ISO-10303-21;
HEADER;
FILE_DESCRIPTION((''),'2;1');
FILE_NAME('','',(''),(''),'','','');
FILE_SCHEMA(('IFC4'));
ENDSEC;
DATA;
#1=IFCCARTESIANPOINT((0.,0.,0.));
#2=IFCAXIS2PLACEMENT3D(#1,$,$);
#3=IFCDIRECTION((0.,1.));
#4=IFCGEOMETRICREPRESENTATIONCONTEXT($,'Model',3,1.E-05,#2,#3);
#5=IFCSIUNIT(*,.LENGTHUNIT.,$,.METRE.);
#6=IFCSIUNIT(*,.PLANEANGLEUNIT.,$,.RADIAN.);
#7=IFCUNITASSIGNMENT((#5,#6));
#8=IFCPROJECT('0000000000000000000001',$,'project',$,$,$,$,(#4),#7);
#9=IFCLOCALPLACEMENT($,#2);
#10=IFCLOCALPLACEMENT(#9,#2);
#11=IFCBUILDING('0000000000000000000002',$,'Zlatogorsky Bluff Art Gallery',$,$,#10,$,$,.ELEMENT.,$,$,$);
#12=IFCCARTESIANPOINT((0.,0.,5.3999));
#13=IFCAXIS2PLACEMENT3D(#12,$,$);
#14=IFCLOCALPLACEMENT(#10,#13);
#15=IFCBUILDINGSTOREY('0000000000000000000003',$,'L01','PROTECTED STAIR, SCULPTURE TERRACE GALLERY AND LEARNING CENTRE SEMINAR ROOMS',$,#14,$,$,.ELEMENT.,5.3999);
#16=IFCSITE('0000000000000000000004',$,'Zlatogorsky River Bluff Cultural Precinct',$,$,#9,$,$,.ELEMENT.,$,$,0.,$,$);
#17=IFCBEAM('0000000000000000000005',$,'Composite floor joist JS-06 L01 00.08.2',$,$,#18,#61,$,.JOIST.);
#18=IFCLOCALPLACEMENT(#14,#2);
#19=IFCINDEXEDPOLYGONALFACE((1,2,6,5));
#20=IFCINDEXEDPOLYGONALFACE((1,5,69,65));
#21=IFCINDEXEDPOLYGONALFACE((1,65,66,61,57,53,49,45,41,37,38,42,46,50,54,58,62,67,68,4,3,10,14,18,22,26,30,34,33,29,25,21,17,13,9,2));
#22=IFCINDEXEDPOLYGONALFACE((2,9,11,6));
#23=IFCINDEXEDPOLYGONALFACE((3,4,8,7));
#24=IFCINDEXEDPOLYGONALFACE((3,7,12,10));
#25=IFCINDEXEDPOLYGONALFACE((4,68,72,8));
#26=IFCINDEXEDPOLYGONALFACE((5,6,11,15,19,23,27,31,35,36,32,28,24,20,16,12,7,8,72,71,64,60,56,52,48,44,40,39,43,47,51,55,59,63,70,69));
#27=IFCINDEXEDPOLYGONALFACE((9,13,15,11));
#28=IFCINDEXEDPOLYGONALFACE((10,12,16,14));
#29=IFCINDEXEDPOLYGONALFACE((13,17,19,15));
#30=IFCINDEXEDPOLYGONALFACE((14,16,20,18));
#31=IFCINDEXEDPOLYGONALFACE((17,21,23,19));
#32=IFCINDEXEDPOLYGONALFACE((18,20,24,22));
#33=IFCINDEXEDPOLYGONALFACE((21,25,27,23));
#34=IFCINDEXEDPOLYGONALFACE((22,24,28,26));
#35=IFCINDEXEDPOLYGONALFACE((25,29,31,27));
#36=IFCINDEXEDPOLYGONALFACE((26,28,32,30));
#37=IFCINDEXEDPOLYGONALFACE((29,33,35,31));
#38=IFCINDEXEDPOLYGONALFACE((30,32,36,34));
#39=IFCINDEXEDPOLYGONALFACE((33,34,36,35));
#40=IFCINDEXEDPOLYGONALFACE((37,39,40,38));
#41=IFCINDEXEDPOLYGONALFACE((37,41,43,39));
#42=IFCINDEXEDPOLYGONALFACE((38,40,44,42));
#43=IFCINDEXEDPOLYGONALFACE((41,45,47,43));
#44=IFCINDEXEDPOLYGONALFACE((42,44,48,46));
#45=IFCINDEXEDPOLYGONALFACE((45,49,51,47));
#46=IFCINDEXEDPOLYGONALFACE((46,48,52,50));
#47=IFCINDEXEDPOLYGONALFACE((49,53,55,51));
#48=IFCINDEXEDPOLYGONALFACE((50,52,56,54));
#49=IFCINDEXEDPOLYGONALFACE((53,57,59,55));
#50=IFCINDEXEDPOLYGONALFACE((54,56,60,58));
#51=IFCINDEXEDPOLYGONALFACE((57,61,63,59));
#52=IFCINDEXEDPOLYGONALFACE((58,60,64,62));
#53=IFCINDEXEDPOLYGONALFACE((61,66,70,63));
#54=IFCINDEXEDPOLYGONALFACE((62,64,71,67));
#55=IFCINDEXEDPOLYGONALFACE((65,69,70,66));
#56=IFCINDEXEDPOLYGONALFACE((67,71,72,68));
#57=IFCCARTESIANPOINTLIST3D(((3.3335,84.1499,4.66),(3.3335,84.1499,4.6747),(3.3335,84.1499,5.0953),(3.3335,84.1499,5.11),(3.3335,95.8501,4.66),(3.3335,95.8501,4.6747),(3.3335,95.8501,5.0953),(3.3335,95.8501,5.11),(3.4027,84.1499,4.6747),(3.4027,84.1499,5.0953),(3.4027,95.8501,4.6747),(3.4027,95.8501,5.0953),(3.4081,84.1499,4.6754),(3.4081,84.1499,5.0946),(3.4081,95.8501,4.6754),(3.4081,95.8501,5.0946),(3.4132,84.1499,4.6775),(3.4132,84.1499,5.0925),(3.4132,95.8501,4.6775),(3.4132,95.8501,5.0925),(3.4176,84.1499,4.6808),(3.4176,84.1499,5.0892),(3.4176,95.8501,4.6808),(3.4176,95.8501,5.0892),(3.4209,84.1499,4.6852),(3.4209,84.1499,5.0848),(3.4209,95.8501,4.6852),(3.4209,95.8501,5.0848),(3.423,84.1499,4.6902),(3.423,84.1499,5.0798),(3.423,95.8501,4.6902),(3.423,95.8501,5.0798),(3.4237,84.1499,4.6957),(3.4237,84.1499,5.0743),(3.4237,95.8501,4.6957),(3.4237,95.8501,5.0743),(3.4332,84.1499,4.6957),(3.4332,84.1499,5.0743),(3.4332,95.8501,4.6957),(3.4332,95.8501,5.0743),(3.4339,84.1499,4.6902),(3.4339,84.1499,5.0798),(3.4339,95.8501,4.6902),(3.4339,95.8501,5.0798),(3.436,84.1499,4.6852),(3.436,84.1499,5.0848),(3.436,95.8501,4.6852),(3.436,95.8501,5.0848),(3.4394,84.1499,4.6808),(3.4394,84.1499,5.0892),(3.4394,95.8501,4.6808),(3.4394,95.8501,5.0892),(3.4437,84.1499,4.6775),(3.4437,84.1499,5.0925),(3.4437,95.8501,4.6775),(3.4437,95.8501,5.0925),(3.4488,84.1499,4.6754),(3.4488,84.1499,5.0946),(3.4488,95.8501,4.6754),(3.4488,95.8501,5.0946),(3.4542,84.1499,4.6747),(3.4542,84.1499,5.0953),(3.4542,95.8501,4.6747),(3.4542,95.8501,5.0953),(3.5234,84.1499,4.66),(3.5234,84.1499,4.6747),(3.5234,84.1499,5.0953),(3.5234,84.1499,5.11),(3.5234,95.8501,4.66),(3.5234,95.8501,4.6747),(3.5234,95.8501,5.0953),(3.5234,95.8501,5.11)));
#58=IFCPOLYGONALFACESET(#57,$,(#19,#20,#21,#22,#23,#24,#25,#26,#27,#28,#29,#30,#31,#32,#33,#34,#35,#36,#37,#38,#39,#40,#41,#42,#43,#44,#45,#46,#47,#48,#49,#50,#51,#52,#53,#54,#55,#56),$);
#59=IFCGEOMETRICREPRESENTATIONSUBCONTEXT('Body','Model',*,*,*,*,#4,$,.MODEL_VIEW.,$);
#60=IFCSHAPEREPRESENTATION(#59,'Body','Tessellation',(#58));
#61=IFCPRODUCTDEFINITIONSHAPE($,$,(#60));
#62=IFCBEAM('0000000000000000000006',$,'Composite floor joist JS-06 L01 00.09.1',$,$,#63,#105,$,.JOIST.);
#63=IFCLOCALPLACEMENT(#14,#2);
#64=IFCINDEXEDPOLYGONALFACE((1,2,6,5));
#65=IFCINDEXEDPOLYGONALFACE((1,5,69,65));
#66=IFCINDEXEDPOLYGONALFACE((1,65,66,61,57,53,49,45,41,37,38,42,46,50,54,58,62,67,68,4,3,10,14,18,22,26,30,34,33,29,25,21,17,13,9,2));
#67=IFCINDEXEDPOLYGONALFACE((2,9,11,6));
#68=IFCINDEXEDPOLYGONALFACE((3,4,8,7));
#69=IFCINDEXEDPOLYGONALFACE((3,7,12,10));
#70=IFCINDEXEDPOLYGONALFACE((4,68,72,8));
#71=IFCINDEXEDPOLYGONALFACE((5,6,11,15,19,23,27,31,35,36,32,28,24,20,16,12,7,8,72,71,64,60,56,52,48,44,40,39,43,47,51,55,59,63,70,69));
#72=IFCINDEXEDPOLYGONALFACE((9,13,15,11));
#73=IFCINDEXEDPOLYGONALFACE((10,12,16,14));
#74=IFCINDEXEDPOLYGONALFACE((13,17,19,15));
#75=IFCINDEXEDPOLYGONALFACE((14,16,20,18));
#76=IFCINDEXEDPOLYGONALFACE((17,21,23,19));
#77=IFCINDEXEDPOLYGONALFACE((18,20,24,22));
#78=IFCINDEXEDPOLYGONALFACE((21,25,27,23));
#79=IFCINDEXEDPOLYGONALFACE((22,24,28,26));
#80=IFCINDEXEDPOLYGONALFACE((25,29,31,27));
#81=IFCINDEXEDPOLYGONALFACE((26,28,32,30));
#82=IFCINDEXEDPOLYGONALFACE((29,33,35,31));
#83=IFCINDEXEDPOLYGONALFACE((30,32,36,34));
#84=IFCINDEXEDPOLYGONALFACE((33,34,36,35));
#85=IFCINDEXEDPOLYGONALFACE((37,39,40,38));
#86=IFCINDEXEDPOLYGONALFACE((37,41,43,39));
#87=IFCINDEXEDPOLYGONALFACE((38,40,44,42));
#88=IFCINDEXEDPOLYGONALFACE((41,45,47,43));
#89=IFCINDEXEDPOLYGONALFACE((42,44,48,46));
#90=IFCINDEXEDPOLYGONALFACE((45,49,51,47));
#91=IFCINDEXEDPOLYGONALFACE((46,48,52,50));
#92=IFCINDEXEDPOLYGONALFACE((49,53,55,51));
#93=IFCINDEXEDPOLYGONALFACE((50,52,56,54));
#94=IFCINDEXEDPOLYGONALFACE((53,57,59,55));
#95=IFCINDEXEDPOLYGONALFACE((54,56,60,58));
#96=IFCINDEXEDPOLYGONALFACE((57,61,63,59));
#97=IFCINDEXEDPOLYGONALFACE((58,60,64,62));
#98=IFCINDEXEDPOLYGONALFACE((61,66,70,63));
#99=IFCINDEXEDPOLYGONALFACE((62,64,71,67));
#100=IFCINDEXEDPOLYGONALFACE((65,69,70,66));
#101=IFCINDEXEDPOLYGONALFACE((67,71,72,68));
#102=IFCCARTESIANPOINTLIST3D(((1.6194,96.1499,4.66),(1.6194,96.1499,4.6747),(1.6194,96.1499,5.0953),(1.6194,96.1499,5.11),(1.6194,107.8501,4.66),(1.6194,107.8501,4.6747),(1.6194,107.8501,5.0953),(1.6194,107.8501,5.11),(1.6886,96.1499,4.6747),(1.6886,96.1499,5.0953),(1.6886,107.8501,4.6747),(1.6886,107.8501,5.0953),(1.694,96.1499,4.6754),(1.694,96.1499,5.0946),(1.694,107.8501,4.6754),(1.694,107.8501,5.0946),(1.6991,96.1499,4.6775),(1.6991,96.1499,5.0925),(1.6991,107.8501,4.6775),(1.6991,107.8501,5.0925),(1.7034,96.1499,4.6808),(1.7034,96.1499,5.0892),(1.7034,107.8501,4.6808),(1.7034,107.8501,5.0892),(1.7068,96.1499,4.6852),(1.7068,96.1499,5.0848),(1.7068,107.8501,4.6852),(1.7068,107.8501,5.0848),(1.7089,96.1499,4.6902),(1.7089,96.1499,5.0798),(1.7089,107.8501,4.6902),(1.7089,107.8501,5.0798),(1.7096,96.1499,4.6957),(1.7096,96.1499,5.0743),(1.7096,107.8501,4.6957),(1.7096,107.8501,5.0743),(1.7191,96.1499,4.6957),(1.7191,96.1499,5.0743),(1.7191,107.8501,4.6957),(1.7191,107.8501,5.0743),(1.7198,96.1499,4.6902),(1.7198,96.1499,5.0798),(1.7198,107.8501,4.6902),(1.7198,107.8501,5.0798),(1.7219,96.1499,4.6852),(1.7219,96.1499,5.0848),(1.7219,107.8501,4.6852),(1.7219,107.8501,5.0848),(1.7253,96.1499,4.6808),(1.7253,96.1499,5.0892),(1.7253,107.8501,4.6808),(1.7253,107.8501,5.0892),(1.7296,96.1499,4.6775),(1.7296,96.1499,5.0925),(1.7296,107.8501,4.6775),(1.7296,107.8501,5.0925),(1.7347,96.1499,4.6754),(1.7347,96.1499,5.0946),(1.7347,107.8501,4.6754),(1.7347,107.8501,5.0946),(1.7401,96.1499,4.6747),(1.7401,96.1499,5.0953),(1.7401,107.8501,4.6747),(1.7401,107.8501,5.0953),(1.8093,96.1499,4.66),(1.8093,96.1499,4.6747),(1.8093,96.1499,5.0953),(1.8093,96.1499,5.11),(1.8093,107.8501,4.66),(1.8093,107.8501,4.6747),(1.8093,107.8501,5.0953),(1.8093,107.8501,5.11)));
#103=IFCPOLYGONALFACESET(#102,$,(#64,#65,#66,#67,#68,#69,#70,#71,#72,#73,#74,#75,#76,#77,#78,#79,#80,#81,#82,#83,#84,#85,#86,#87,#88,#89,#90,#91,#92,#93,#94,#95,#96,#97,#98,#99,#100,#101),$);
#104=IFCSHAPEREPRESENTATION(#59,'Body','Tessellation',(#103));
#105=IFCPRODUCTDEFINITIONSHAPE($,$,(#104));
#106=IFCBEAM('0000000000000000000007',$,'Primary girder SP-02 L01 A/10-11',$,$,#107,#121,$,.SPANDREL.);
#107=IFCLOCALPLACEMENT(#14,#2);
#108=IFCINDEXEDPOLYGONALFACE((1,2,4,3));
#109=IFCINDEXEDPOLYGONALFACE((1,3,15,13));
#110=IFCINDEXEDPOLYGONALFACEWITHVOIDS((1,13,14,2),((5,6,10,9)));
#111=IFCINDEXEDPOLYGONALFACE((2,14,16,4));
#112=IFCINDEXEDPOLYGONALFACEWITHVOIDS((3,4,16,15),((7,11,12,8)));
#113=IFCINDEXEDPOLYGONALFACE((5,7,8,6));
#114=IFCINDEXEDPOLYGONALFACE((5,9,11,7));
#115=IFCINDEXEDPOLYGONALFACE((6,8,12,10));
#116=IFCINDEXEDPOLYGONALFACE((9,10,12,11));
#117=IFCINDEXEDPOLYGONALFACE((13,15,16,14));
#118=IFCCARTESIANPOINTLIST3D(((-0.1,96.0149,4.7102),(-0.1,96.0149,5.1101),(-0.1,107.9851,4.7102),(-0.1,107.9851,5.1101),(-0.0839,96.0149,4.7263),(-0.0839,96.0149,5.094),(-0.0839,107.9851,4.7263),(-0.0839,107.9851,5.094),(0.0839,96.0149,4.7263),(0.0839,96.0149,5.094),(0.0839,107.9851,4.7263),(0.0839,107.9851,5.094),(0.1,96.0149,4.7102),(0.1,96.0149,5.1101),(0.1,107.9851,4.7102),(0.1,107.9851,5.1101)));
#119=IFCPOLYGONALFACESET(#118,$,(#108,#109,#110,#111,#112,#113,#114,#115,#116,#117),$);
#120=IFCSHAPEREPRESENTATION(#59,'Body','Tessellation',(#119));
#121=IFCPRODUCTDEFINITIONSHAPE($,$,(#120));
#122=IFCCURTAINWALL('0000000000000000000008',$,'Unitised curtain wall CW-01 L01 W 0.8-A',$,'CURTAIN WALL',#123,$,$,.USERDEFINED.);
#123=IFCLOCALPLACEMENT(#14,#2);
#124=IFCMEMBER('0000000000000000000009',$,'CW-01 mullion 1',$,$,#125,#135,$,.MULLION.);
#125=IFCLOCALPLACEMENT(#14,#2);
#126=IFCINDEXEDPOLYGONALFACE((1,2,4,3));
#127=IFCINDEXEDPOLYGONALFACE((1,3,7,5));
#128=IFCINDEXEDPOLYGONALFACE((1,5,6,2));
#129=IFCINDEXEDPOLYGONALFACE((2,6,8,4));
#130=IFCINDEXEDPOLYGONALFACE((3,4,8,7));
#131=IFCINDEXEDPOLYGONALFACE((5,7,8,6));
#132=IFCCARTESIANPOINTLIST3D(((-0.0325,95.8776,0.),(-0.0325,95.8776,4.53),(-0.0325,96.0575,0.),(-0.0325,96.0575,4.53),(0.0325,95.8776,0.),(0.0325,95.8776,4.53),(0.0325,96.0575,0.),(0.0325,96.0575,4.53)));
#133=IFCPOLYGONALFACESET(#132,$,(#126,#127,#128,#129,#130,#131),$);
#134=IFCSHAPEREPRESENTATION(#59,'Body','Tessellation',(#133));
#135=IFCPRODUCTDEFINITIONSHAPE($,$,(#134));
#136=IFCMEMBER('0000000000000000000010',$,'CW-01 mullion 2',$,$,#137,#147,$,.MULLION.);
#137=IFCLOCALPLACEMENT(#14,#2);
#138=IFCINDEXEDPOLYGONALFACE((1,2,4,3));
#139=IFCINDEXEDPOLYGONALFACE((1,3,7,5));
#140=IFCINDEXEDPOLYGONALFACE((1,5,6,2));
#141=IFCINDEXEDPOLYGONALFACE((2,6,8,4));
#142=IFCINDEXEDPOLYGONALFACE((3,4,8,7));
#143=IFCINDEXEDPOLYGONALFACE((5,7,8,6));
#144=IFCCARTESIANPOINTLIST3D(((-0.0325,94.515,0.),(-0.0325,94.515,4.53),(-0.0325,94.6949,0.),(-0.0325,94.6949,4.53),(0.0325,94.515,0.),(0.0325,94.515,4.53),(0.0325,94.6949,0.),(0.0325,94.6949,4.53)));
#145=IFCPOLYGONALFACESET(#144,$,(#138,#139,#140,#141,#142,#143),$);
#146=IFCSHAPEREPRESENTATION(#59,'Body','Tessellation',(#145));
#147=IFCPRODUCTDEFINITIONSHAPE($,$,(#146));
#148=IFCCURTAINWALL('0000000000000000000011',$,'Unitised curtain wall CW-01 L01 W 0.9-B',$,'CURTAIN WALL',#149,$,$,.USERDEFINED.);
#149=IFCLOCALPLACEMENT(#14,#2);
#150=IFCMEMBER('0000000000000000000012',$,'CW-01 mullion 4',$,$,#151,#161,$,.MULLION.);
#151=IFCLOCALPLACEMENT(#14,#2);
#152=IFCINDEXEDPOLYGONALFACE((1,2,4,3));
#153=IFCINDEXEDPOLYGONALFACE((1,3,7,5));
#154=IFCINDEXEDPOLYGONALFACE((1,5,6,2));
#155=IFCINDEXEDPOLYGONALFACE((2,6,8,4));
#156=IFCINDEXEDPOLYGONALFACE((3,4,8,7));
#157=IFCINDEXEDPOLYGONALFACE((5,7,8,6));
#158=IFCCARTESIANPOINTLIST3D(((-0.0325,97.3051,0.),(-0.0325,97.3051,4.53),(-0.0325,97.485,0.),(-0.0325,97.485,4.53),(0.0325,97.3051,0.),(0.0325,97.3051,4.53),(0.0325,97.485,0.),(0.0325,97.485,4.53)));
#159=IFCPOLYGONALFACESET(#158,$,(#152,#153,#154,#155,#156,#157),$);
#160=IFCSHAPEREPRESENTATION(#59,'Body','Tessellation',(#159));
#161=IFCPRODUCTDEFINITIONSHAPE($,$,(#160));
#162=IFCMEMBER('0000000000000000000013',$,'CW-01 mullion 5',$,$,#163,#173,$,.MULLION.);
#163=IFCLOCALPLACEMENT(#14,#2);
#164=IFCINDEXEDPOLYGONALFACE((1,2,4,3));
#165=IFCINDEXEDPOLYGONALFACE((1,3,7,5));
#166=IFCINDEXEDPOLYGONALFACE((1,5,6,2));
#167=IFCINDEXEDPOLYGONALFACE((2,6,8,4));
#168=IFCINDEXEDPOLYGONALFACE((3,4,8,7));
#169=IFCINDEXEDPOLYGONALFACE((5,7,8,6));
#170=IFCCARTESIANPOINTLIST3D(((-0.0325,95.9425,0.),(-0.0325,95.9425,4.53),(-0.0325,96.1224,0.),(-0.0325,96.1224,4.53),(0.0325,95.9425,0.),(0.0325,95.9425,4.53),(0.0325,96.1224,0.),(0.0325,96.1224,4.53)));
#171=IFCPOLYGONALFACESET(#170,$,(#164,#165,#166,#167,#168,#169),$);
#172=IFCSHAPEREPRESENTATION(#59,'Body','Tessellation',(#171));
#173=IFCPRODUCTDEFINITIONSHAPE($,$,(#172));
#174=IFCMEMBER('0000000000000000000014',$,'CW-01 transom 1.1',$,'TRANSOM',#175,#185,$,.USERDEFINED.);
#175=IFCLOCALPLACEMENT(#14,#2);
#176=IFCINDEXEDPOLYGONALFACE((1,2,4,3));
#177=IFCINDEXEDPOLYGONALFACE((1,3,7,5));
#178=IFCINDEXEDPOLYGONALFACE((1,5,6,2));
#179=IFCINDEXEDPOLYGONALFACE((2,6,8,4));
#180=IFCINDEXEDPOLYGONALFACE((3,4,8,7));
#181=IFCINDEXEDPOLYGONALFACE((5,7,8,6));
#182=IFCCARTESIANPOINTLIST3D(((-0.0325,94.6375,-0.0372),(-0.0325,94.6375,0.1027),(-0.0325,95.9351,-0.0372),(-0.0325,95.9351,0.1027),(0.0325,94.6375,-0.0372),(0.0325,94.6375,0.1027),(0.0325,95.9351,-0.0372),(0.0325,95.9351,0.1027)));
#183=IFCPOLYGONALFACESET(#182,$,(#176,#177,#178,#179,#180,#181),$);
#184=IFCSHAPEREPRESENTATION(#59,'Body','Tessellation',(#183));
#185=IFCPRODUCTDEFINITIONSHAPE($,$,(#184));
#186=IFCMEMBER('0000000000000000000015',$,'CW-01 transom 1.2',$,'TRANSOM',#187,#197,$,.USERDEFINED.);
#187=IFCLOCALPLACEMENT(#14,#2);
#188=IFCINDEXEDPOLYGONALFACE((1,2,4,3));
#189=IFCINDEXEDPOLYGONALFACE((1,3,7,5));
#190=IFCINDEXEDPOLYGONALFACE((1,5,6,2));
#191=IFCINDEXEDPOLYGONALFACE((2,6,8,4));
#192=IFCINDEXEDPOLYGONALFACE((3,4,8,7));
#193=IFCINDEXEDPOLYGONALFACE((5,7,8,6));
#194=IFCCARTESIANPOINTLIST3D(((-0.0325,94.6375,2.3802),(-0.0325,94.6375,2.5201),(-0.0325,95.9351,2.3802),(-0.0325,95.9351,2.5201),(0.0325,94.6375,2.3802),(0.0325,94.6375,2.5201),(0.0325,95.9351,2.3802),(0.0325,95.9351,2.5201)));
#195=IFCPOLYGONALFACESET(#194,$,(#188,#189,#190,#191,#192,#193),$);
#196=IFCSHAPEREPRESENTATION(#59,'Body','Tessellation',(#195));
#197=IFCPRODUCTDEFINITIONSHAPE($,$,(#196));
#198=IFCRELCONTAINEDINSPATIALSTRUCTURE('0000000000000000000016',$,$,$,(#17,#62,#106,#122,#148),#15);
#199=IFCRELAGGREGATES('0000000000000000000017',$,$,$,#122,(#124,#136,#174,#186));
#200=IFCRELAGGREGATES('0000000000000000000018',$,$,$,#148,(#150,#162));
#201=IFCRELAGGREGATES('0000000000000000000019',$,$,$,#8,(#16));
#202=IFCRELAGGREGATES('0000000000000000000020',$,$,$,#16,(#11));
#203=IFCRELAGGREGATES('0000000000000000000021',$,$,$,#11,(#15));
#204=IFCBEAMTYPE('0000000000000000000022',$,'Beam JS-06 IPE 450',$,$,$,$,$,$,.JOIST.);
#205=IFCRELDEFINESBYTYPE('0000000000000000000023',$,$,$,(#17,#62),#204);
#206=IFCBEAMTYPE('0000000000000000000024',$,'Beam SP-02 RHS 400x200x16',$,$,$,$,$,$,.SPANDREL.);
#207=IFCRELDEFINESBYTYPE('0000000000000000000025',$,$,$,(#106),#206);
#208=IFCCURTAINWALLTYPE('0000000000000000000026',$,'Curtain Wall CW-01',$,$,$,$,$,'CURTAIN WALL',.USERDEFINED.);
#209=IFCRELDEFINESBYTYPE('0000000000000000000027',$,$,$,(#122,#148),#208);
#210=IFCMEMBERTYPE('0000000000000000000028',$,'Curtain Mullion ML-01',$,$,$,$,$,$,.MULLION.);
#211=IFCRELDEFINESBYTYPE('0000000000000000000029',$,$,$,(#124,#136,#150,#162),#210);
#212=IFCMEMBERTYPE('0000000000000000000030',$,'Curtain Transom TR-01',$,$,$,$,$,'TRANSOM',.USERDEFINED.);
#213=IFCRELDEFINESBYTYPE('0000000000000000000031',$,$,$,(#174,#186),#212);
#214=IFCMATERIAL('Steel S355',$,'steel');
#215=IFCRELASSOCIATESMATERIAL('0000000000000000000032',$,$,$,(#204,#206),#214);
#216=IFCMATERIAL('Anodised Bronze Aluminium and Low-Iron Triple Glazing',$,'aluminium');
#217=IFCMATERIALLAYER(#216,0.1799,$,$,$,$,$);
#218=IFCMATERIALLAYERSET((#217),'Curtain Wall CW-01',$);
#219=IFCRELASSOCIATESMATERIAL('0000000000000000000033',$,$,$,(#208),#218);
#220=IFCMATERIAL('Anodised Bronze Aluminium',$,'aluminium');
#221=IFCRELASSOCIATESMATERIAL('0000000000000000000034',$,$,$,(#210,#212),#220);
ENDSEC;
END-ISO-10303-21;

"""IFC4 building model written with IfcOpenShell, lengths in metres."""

from ifc_helpers import new_model, si_unit, direction, frame, origin, origin_2d, place, context, subcontext, project, spatial, rectangle, hollow_rectangle, i_section, extrude, material, layer, layer_set, material_profile, profile_set, type_object, element, aggregate, save


model = new_model("IFC4")

# Units and contexts
model_context = context("Model", 3, precision=1e-05, world=origin(), true_north=direction((0.0, 1.0)))
body_context = subcontext(model_context, "Body", "Model", "MODEL_VIEW")
ifc_project = project(units=[si_unit("LENGTHUNIT", "METRE"), si_unit("PLANEANGLEUNIT", "RADIAN")], contexts=[model_context])

# Site, building, storey
site_placement = place(None, origin())
site = spatial("IfcSite", under=ifc_project, at=site_placement, Name="Zlatogorsky River Bluff Cultural Precinct", CompositionType="ELEMENT", RefElevation=0.0)
building_placement = place(site_placement, origin())
building = spatial("IfcBuilding", under=site, at=building_placement, Name="Zlatogorsky Bluff Art Gallery", CompositionType="ELEMENT")
storey_placement = place(building_placement, frame((0.0, 0.0, 5.3999)))
storey = spatial("IfcBuildingStorey", under=building, at=storey_placement, Name="L01", Description="PROTECTED STAIR, SCULPTURE TERRACE GALLERY AND LEARNING CENTRE SEMINAR ROOMS", CompositionType="ELEMENT", Elevation=5.3999)

# Shared definitions
ifc_material_1 = material(Name="Steel S355", Category="steel")

# Beams
ifc_material_profile_1 = material_profile(ifc_material_1, i_section(OverallWidth=0.1899, OverallDepth=0.45, WebThickness=0.0095, FlangeThickness=0.0146, FilletRadius=0.021, at=origin_2d()), Name="IPE 450")
ifc_profile_set_1 = profile_set([ifc_material_profile_1], Name="Steel S355")
beam_type_1 = type_object("IfcBeamType", Name="Beam JS-06 IPE 450", PredefinedType="JOIST", material=ifc_profile_set_1)
for number, where, z_axis, x_axis, name in (
    (1, (3.4285, 84.1499, 4.885), (0.0, 1.0, 0.0), (-1.0, 0.0, 0.0), "Composite floor joist JS-06 L01 00.08.2"),
    (2, (1.7144, 96.1499, 4.885), (0.0, 1.0, 0.0), (-1.0, 0.0, 0.0), "Composite floor joist JS-06 L01 00.09.1"),
):
    element("IfcBeam", number, at=place(storey_placement, frame(where, z_axis=z_axis, x_axis=x_axis)), inside=storey, type_object=beam_type_1, Name=name, PredefinedType="JOIST", context=body_context, shape_type="SweptSolid", body=[
        extrude(i_section(OverallWidth=0.1899, OverallDepth=0.45, WebThickness=0.0095, FlangeThickness=0.0146, FilletRadius=0.021, at=origin_2d()), origin(), (0.0, 0.0, 1.0), 11.7002),
    ])
ifc_material_profile_2 = material_profile(ifc_material_1, hollow_rectangle(XDim=0.2, YDim=0.3999, WallThickness=0.0161, at=origin_2d()), Name="RHS 400x200x16")
ifc_profile_set_2 = profile_set([ifc_material_profile_2], Name="Steel S355")
beam_type_2 = type_object("IfcBeamType", Name="Beam SP-02 RHS 400x200x16", PredefinedType="SPANDREL", material=ifc_profile_set_2)
beam_placement = place(storey_placement, frame((0.0, 96.0149, 4.9102), z_axis=(0.0, 1.0, 0.0), x_axis=(-1.0, 0.0, 0.0)))
element("IfcBeam", 3, at=beam_placement, inside=storey, type_object=beam_type_2, Name="Primary girder SP-02 L01 A/10-11", PredefinedType="SPANDREL", context=body_context, shape_type="SweptSolid", body=[
    extrude(hollow_rectangle(XDim=0.2, YDim=0.3999, WallThickness=0.0161, at=origin_2d()), origin(), (0.0, 0.0, 1.0), 11.9702),
])

# Curtain walls, members
ifc_material_2 = material(Name="Anodised Bronze Aluminium and Low-Iron Triple Glazing", Category="aluminium")
ifc_layer_1 = layer(ifc_material_2, 0.1799)
ifc_layer_set_1 = layer_set([ifc_layer_1], Name="Curtain Wall CW-01")
curtain_wall_type = type_object("IfcCurtainWallType", Name="Curtain Wall CW-01", ElementType="CURTAIN WALL", PredefinedType="USERDEFINED", material=ifc_layer_set_1)
curtain_wall_1_placement = place(storey_placement, origin())
curtain_wall_1 = element("IfcCurtainWall", 4, at=curtain_wall_1_placement, inside=storey, type_object=curtain_wall_type, Name="Unitised curtain wall CW-01 L01 W 0.8-A", ObjectType="CURTAIN WALL", PredefinedType="USERDEFINED")
ifc_material_3 = material(Name="Anodised Bronze Aluminium", Category="aluminium")
ifc_material_profile_3 = material_profile(ifc_material_3, rectangle(XDim=0.0649, YDim=0.1799, at=origin_2d()), Name="ALU MULLION 65x180")
ifc_profile_set_3 = profile_set([ifc_material_profile_3], Name="Anodised Bronze Aluminium")
member_type_1 = type_object("IfcMemberType", Name="Curtain Mullion ML-01", PredefinedType="MULLION", material=ifc_profile_set_3)
member_1_placement = place(storey_placement, frame((0.0, 95.9675, 0.0), z_axis=(0.0, 0.0, 1.0), x_axis=(1.0, 0.0, 0.0)))
member_1 = element("IfcMember", 5, at=member_1_placement, type_object=member_type_1, Name="CW-01 mullion 1", PredefinedType="MULLION", context=body_context, shape_type="SweptSolid", body=[
    extrude(rectangle(XDim=0.0649, YDim=0.1799, at=origin_2d()), origin(), (0.0, 0.0, 1.0), 4.53),
])
member_2_placement = place(storey_placement, frame((0.0, 94.605, 0.0), z_axis=(0.0, 0.0, 1.0), x_axis=(1.0, 0.0, 0.0)))
member_2 = element("IfcMember", 6, at=member_2_placement, type_object=member_type_1, Name="CW-01 mullion 2", PredefinedType="MULLION", context=body_context, shape_type="SweptSolid", body=[
    extrude(rectangle(XDim=0.0649, YDim=0.1799, at=origin_2d()), origin(), (0.0, 0.0, 1.0), 4.53),
])
curtain_wall_2_placement = place(storey_placement, origin())
curtain_wall_2 = element("IfcCurtainWall", 7, at=curtain_wall_2_placement, inside=storey, type_object=curtain_wall_type, Name="Unitised curtain wall CW-01 L01 W 0.9-B", ObjectType="CURTAIN WALL", PredefinedType="USERDEFINED")
member_3_placement = place(storey_placement, frame((0.0, 97.395, 0.0), z_axis=(0.0, 0.0, 1.0), x_axis=(1.0, 0.0, 0.0)))
member_3 = element("IfcMember", 8, at=member_3_placement, type_object=member_type_1, Name="CW-01 mullion 4", PredefinedType="MULLION", context=body_context, shape_type="SweptSolid", body=[
    extrude(rectangle(XDim=0.0649, YDim=0.1799, at=origin_2d()), origin(), (0.0, 0.0, 1.0), 4.53),
])
member_4_placement = place(storey_placement, frame((0.0, 96.0325, 0.0), z_axis=(0.0, 0.0, 1.0), x_axis=(1.0, 0.0, 0.0)))
member_4 = element("IfcMember", 9, at=member_4_placement, type_object=member_type_1, Name="CW-01 mullion 5", PredefinedType="MULLION", context=body_context, shape_type="SweptSolid", body=[
    extrude(rectangle(XDim=0.0649, YDim=0.1799, at=origin_2d()), origin(), (0.0, 0.0, 1.0), 4.53),
])

# Members
ifc_material_profile_4 = material_profile(ifc_material_3, rectangle(XDim=0.0649, YDim=0.1399, at=origin_2d()), Name="ALU TRANSOM 65x140")
ifc_profile_set_4 = profile_set([ifc_material_profile_4], Name="Anodised Bronze Aluminium")
member_type_2 = type_object("IfcMemberType", Name="Curtain Transom TR-01", ElementType="TRANSOM", PredefinedType="USERDEFINED", material=ifc_profile_set_4)
member_5_placement = place(storey_placement, frame((0.0, 95.9351, 0.0327), z_axis=(0.0, -1.0, 0.0), x_axis=(1.0, 0.0, 0.0)))
member_5 = element("IfcMember", 10, at=member_5_placement, type_object=member_type_2, Name="CW-01 transom 1.1", ObjectType="TRANSOM", PredefinedType="USERDEFINED", context=body_context, shape_type="SweptSolid", body=[
    extrude(rectangle(XDim=0.0649, YDim=0.1399, at=origin_2d()), origin(), (0.0, 0.0, 1.0), 1.2976),
])
member_6_placement = place(storey_placement, frame((0.0, 95.9351, 2.4502), z_axis=(0.0, -1.0, 0.0), x_axis=(1.0, 0.0, 0.0)))
member_6 = element("IfcMember", 11, at=member_6_placement, type_object=member_type_2, Name="CW-01 transom 1.2", ObjectType="TRANSOM", PredefinedType="USERDEFINED", context=body_context, shape_type="SweptSolid", body=[
    extrude(rectangle(XDim=0.0649, YDim=0.1399, at=origin_2d()), origin(), (0.0, 0.0, 1.0), 1.2976),
])

aggregate(curtain_wall_1, [member_1, member_2, member_5, member_6])
aggregate(curtain_wall_2, [member_3, member_4])

save(model, "model.ifc")
